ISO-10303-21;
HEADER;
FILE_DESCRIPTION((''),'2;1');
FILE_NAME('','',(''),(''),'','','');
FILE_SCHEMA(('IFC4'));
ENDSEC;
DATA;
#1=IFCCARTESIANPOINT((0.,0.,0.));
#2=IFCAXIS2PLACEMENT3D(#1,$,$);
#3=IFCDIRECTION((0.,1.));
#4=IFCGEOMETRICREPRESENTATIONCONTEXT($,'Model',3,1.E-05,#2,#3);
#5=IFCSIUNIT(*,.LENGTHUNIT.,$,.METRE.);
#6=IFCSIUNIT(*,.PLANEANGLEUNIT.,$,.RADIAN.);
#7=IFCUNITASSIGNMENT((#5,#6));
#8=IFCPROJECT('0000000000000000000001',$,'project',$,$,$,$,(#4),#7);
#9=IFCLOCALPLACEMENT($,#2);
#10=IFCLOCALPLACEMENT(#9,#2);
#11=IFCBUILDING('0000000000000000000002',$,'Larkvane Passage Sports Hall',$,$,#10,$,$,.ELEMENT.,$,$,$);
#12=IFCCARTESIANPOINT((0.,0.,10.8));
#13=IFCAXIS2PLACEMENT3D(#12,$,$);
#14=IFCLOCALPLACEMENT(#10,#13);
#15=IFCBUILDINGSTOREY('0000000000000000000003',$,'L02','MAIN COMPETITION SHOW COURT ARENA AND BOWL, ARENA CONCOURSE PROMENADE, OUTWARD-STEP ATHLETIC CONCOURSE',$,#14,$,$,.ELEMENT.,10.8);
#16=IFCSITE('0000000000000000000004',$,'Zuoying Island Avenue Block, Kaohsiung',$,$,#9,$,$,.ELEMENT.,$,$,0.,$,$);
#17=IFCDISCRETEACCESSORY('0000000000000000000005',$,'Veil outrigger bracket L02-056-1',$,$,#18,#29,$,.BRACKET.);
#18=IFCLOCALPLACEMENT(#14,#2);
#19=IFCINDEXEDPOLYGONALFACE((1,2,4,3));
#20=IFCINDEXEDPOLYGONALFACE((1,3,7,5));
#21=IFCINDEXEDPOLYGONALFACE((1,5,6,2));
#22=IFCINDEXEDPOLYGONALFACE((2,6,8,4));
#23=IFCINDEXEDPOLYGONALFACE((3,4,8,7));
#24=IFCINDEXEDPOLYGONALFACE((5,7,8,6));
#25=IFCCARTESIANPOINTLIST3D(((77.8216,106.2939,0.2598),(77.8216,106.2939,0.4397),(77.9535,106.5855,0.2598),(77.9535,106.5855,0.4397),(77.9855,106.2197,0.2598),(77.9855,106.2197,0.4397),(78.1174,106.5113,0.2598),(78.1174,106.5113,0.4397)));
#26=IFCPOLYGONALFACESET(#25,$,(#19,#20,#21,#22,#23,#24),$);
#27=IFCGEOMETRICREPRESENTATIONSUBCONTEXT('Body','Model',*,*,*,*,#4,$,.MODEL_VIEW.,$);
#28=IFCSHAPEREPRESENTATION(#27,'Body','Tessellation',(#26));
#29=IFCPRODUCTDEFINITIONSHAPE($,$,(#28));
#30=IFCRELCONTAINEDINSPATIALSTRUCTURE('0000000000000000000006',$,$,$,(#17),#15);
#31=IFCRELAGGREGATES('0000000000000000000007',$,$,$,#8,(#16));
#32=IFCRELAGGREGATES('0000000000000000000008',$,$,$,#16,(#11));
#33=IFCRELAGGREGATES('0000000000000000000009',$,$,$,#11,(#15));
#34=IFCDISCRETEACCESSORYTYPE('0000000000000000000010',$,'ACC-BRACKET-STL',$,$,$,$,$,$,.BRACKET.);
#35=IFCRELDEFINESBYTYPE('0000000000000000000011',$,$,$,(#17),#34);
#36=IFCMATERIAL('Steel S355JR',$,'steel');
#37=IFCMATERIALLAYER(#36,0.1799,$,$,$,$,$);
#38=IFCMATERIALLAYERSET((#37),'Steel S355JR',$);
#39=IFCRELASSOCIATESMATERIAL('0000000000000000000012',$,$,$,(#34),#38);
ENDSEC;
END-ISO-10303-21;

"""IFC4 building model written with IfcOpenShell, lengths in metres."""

from ifc_helpers import new_model, si_unit, direction, frame, origin, origin_2d, place, context, subcontext, project, spatial, rectangle, extrude, material, layer, layer_set, type_object, element, save


model = new_model("IFC4")

# Units and contexts
model_context = context("Model", 3, precision=1e-05, world=origin(), true_north=direction((0.0, 1.0)))
body_context = subcontext(model_context, "Body", "Model", "MODEL_VIEW")
ifc_project = project(units=[si_unit("LENGTHUNIT", "METRE"), si_unit("PLANEANGLEUNIT", "RADIAN")], contexts=[model_context])

# Site, building, storey
site_placement = place(None, origin())
site = spatial("IfcSite", under=ifc_project, at=site_placement, Name="Zuoying Island Avenue Block, Kaohsiung", CompositionType="ELEMENT", RefElevation=0.0)
building_placement = place(site_placement, origin())
building = spatial("IfcBuilding", under=site, at=building_placement, Name="Larkvane Passage Sports Hall", CompositionType="ELEMENT")
storey_placement = place(building_placement, frame((0.0, 0.0, 10.8)))
storey = spatial("IfcBuildingStorey", under=building, at=storey_placement, Name="L02", Description="MAIN COMPETITION SHOW COURT ARENA AND BOWL, ARENA CONCOURSE PROMENADE, OUTWARD-STEP ATHLETIC CONCOURSE", CompositionType="ELEMENT", Elevation=10.8)

# Discrete accessory
ifc_material_1 = material(Name="Steel S355JR", Category="steel")
ifc_layer_1 = layer(ifc_material_1, 0.1799)
ifc_layer_set_1 = layer_set([ifc_layer_1], Name="Steel S355JR")
discrete_accessory_type = type_object("IfcDiscreteAccessoryType", Name="ACC-BRACKET-STL", PredefinedType="BRACKET", material=ifc_layer_set_1)
discrete_accessory_placement = place(storey_placement, frame((77.9695, 106.4026, 0.2598), z_axis=(0.0, 0.0, 1.0), x_axis=(0.911108, -0.412168, 0.0)))
element("IfcDiscreteAccessory", 1, at=discrete_accessory_placement, inside=storey, type_object=discrete_accessory_type, Name="Veil outrigger bracket L02-056-1", PredefinedType="BRACKET", context=body_context, shape_type="SweptSolid", body=[
    extrude(rectangle(XDim=0.1799, YDim=0.3201, at=origin_2d()), origin(), (0.0, 0.0, 1.0), 0.1799),
])

save(model, "model.ifc")
